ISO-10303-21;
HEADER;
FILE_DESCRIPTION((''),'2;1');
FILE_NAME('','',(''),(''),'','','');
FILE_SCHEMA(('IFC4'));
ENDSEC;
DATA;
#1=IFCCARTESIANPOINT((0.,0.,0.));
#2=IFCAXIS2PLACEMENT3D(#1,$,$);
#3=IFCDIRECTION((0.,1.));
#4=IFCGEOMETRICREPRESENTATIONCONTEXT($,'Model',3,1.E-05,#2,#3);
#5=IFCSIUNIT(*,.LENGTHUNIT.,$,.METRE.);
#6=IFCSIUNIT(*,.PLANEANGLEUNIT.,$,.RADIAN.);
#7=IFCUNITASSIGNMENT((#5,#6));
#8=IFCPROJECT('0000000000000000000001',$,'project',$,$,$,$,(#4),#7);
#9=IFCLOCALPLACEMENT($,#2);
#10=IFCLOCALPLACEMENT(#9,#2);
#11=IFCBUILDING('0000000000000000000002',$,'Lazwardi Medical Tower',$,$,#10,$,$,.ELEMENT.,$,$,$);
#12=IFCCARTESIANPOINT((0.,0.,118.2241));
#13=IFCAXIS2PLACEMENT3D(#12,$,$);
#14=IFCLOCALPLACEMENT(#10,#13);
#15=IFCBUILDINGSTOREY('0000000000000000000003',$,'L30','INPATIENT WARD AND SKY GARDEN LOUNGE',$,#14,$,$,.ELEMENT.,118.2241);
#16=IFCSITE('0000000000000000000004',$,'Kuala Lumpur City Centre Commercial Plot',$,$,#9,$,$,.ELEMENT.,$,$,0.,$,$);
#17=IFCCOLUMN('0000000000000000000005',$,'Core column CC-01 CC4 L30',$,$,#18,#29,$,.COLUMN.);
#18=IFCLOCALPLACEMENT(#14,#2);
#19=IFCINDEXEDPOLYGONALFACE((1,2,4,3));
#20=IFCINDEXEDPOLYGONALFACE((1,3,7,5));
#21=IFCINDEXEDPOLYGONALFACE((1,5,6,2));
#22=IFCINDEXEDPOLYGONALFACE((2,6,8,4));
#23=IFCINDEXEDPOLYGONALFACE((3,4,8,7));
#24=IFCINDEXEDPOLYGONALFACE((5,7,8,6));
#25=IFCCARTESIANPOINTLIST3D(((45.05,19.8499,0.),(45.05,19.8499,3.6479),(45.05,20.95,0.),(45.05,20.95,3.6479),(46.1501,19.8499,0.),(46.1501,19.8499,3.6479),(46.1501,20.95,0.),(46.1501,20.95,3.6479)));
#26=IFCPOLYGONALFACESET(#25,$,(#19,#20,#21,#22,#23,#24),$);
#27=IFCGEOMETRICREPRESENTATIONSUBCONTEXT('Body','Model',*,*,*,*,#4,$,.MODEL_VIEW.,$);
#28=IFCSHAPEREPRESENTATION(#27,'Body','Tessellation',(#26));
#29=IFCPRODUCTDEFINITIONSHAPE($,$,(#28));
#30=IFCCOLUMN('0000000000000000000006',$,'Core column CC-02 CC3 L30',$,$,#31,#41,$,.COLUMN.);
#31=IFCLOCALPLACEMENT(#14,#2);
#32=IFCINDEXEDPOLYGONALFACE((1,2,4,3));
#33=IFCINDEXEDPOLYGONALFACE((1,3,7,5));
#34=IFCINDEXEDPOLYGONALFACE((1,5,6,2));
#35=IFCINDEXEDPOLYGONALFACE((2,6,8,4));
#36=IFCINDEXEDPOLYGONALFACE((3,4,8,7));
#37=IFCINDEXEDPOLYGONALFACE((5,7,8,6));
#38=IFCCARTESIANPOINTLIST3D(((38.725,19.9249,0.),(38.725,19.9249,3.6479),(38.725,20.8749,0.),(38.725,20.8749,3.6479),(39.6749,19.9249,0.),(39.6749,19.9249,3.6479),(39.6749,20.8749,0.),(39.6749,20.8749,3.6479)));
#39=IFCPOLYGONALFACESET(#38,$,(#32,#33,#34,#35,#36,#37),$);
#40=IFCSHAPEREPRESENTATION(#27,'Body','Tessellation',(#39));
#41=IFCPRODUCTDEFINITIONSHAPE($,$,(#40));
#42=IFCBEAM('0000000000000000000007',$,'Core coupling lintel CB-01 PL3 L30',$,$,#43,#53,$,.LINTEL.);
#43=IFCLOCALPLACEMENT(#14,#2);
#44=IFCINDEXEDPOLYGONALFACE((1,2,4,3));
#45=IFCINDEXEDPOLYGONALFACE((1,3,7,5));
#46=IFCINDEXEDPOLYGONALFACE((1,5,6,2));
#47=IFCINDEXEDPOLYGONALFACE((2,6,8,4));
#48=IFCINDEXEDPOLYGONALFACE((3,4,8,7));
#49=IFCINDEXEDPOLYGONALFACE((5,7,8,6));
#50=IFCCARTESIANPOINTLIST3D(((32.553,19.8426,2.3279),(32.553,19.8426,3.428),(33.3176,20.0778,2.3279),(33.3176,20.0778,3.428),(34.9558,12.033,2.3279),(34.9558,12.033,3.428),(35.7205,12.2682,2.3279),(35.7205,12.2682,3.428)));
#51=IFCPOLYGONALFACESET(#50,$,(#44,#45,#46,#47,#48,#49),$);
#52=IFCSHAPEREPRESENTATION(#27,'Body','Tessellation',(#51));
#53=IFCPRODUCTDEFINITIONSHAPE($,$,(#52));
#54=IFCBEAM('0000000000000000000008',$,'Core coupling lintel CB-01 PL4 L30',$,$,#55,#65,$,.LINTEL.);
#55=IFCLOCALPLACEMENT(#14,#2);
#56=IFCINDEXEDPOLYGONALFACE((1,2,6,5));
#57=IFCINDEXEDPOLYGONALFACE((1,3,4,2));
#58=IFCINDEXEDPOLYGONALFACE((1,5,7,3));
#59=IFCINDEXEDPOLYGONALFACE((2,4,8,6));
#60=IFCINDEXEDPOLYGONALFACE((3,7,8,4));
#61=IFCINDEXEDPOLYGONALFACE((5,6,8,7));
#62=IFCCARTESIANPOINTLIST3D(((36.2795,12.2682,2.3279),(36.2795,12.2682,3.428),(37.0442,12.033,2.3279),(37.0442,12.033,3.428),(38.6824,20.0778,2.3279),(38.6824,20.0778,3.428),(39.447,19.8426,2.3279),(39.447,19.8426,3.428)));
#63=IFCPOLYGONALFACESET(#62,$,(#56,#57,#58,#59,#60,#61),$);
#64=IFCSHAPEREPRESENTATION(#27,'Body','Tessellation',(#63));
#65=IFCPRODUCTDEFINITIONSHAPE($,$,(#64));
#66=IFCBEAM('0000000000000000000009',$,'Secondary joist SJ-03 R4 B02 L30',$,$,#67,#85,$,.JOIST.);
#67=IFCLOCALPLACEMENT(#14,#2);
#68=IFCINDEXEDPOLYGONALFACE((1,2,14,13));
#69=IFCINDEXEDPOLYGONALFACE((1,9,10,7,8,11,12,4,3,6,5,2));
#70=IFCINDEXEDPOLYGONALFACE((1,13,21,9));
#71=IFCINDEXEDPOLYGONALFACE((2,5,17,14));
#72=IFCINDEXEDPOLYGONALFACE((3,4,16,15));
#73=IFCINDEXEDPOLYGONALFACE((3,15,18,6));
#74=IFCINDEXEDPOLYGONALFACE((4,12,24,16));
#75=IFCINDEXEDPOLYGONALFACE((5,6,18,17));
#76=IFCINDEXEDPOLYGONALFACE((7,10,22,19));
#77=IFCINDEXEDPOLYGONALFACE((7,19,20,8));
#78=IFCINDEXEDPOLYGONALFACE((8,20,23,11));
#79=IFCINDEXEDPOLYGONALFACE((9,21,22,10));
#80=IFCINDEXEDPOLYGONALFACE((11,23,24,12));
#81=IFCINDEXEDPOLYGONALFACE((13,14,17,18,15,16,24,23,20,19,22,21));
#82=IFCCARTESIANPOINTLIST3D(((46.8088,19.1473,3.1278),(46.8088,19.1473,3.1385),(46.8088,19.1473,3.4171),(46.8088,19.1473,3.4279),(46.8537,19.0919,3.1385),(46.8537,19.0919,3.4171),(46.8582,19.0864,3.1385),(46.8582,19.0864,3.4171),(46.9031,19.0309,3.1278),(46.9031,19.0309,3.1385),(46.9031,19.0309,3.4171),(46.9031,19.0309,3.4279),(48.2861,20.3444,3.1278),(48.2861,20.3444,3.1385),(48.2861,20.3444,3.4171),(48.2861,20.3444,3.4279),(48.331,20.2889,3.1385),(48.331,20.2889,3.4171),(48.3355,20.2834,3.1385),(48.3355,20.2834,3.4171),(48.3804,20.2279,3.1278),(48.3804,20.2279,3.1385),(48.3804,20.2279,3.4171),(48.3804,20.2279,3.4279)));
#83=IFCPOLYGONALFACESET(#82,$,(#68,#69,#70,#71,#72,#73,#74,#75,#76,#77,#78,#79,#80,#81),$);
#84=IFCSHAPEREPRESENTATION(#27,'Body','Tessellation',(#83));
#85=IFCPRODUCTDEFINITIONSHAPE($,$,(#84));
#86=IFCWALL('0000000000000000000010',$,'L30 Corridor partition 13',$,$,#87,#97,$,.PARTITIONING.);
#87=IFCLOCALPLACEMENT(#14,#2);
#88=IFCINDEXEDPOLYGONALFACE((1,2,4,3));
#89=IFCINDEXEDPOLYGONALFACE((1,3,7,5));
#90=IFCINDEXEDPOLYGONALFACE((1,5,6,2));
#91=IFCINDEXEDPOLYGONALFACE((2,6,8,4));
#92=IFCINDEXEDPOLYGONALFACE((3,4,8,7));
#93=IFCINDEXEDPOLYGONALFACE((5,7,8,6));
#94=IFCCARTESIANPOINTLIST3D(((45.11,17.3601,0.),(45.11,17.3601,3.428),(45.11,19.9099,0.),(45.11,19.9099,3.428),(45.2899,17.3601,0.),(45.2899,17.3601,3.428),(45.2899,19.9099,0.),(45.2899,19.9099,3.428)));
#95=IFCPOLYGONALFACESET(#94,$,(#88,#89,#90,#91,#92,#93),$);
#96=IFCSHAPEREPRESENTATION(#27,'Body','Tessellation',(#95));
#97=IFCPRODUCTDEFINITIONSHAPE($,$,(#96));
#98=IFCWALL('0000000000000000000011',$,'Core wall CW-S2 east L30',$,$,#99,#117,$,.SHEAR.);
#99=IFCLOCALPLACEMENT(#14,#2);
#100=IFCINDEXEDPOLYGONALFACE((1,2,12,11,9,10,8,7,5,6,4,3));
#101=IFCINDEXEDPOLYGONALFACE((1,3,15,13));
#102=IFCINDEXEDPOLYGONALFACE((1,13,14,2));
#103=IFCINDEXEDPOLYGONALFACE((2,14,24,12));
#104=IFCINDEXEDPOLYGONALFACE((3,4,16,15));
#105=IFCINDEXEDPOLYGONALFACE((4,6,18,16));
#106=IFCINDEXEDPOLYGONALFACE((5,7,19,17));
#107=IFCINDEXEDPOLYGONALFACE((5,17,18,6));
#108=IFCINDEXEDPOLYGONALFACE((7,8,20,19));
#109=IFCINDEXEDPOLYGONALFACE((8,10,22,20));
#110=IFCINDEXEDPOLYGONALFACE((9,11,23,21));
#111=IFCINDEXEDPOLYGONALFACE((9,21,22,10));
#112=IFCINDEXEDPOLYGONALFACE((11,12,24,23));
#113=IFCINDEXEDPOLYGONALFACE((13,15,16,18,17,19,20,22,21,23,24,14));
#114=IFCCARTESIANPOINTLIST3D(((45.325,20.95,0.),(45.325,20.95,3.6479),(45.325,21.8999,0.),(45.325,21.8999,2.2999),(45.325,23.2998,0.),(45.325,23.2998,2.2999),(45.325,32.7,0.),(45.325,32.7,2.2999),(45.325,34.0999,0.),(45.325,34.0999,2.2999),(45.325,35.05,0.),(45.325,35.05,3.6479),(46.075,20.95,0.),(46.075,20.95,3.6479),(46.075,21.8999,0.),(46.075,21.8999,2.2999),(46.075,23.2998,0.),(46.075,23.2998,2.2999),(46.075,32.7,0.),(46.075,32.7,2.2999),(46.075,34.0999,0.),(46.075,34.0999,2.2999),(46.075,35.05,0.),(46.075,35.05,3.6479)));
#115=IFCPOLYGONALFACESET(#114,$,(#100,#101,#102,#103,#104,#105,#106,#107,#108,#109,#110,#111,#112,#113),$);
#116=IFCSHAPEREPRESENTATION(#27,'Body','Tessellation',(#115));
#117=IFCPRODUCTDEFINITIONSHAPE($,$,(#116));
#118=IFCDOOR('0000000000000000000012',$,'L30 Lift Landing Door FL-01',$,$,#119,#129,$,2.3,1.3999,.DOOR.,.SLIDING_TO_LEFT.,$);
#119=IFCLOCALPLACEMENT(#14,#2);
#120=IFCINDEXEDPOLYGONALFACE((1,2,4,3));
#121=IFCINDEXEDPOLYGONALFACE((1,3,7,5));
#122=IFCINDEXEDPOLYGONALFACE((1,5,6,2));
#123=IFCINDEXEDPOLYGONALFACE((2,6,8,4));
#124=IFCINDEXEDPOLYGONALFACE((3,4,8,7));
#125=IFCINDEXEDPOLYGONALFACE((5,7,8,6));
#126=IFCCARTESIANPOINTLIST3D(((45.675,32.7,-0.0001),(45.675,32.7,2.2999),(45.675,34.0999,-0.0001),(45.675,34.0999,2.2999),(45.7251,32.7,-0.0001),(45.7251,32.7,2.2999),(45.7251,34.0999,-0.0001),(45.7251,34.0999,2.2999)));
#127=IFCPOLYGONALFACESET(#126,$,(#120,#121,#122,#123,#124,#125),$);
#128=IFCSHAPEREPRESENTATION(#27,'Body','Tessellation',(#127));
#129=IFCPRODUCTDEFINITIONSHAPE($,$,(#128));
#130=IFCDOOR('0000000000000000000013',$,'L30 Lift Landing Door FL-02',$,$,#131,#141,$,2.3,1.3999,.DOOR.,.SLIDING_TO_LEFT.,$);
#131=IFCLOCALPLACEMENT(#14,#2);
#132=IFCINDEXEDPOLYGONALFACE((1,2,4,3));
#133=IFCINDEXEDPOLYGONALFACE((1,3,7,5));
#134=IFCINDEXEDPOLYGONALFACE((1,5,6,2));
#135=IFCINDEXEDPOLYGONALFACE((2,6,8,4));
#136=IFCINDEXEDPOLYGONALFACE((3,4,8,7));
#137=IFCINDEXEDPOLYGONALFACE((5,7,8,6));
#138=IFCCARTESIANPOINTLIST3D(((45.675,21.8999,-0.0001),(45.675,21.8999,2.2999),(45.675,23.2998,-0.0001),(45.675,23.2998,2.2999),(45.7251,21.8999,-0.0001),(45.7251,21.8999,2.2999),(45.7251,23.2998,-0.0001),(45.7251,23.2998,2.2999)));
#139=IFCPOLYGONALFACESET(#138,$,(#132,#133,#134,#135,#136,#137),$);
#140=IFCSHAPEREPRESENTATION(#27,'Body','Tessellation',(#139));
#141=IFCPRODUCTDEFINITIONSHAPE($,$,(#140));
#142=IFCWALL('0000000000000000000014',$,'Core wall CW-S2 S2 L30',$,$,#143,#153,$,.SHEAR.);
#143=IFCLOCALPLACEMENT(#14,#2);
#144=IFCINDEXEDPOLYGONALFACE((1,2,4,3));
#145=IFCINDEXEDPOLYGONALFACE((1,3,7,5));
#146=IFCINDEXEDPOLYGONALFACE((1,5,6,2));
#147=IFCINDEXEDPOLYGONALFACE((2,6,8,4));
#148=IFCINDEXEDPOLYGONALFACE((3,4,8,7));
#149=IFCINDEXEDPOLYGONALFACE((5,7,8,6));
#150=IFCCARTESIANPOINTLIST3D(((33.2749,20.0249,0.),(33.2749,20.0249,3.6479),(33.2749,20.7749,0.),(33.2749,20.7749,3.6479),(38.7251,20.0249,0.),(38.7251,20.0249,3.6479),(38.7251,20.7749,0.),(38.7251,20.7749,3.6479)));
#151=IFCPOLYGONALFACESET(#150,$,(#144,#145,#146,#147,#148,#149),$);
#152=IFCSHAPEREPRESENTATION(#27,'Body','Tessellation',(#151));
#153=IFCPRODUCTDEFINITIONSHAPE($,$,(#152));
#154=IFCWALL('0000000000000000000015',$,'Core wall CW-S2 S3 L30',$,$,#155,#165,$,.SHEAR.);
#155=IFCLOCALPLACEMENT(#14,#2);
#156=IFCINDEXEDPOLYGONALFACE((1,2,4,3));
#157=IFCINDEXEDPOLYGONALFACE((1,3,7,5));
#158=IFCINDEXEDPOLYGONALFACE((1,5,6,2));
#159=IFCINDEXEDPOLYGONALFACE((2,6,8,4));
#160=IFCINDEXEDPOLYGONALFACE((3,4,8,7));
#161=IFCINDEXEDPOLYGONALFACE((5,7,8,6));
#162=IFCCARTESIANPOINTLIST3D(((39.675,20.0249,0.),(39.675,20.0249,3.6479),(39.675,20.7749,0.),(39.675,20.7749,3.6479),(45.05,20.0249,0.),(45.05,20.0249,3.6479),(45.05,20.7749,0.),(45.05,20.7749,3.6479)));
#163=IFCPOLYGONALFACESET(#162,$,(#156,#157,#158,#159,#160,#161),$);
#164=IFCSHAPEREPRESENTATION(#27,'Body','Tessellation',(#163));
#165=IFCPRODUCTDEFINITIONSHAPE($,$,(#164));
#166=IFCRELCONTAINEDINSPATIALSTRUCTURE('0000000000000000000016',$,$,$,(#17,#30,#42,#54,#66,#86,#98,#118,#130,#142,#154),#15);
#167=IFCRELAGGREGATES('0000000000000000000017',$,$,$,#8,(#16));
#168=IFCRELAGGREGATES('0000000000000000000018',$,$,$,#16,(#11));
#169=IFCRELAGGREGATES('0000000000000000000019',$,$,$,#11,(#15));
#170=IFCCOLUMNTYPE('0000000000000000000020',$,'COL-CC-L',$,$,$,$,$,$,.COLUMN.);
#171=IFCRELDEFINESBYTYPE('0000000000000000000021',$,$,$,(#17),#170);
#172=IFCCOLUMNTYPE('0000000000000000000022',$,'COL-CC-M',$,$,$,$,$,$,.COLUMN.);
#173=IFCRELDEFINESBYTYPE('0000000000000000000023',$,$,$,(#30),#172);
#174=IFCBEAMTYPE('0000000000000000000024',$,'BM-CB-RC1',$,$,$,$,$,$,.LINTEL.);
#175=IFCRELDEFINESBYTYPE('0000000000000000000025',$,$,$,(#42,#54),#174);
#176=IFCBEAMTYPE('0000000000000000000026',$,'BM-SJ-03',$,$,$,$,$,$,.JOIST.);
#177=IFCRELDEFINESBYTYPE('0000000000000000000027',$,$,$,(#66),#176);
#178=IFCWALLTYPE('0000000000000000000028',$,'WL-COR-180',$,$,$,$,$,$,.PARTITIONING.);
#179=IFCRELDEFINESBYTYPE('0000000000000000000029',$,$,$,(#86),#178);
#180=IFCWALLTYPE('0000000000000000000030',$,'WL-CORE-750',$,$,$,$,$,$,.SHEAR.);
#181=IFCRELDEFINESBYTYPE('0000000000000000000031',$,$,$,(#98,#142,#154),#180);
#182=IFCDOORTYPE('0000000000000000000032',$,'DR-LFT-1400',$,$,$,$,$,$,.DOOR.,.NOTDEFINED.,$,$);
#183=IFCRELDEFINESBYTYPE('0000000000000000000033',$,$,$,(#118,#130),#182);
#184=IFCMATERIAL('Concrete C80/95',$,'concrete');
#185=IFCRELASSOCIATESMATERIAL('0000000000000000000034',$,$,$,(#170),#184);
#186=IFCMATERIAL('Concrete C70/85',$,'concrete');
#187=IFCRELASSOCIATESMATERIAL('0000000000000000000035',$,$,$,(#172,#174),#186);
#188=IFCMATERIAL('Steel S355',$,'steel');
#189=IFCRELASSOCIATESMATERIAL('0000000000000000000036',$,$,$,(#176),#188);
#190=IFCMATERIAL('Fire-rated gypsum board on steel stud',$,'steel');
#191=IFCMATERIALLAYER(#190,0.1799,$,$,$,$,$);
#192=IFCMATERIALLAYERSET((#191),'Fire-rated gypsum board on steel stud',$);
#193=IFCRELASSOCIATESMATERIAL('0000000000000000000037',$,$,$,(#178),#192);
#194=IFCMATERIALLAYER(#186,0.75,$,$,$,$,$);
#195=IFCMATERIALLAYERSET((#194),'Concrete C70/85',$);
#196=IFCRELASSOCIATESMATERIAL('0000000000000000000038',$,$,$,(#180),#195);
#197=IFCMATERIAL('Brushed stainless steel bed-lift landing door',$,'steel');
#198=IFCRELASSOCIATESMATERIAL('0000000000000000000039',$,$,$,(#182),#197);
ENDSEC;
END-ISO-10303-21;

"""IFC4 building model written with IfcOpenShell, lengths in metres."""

from ifc_helpers import new_model, si_unit, direction, frame, frame_2d, origin, origin_2d, place, context, subcontext, project, spatial, rectangle, i_section, extrude, material, layer, layer_set, material_profile, profile_set, type_object, element, fill, save


model = new_model("IFC4")

# Units and contexts
model_context = context("Model", 3, precision=1e-05, world=origin(), true_north=direction((0.0, 1.0)))
body_context = subcontext(model_context, "Body", "Model", "MODEL_VIEW")
ifc_project = project(units=[si_unit("LENGTHUNIT", "METRE"), si_unit("PLANEANGLEUNIT", "RADIAN")], contexts=[model_context])

# Site, building, storey
site_placement = place(None, origin())
site = spatial("IfcSite", under=ifc_project, at=site_placement, Name="Kuala Lumpur City Centre Commercial Plot", CompositionType="ELEMENT", RefElevation=0.0)
building_placement = place(site_placement, origin())
building = spatial("IfcBuilding", under=site, at=building_placement, Name="Lazwardi Medical Tower", CompositionType="ELEMENT")
storey_placement = place(building_placement, frame((0.0, 0.0, 118.2241)))
storey = spatial("IfcBuildingStorey", under=building, at=storey_placement, Name="L30", Description="INPATIENT WARD AND SKY GARDEN LOUNGE", CompositionType="ELEMENT", Elevation=118.2241)

# Columns
ifc_material_1 = material(Name="Concrete C80/95", Category="concrete")
ifc_material_profile_1 = material_profile(ifc_material_1, rectangle(XDim=1.1001, YDim=1.1001, at=origin_2d()), Name="RC 1100x1100")
ifc_profile_set_1 = profile_set([ifc_material_profile_1], Name="Concrete C80/95")
column_type_1 = type_object("IfcColumnType", Name="COL-CC-L", PredefinedType="COLUMN", material=ifc_profile_set_1)
column_1_placement = place(storey_placement, frame((45.6001, 20.3999, 0.0), z_axis=(0.0, 0.0, 1.0), x_axis=(1.0, 0.0, 0.0)))
element("IfcColumn", 1, at=column_1_placement, inside=storey, type_object=column_type_1, Name="Core column CC-01 CC4 L30", PredefinedType="COLUMN", context=body_context, shape_type="SweptSolid", body=[
    extrude(rectangle(XDim=1.1001, YDim=1.1001, at=origin_2d()), origin(), (0.0, 0.0, 1.0), 3.6479),
])
ifc_material_2 = material(Name="Concrete C70/85", Category="concrete")
ifc_material_profile_2 = material_profile(ifc_material_2, rectangle(XDim=0.95, YDim=0.95, at=origin_2d()), Name="RC 950x950")
ifc_profile_set_2 = profile_set([ifc_material_profile_2], Name="Concrete C70/85")
column_type_2 = type_object("IfcColumnType", Name="COL-CC-M", PredefinedType="COLUMN", material=ifc_profile_set_2)
column_2_placement = place(storey_placement, frame((39.2, 20.3999, 0.0), z_axis=(0.0, 0.0, 1.0), x_axis=(1.0, 0.0, 0.0)))
element("IfcColumn", 2, at=column_2_placement, inside=storey, type_object=column_type_2, Name="Core column CC-02 CC3 L30", PredefinedType="COLUMN", context=body_context, shape_type="SweptSolid", body=[
    extrude(rectangle(XDim=0.95, YDim=0.95, at=origin_2d()), origin(), (0.0, 0.0, 1.0), 3.6479),
])

# Beams
ifc_material_profile_3 = material_profile(ifc_material_2, rectangle(XDim=0.8, YDim=1.1001, at=origin_2d()), Name="RC 800x1100")
ifc_profile_set_3 = profile_set([ifc_material_profile_3], Name="Concrete C70/85")
beam_type_1 = type_object("IfcBeamType", Name="BM-CB-RC1", PredefinedType="LINTEL", material=ifc_profile_set_3)
for number, where, z_axis, x_axis, name in (
    (3, (32.9353, 19.9602, 2.8779), (0.294073, -0.955783, 0.0), (0.955783, 0.294073, 0.0), "Core coupling lintel CB-01 PL3 L30"),
    (4, (39.0647, 19.9602, 2.8779), (-0.294073, -0.955783, 0.0), (0.955783, -0.294073, 0.0), "Core coupling lintel CB-01 PL4 L30"),
):
    element("IfcBeam", number, at=place(storey_placement, frame(where, z_axis=z_axis, x_axis=x_axis)), inside=storey, type_object=beam_type_1, Name=name, PredefinedType="LINTEL", context=body_context, shape_type="SweptSolid", body=[
        extrude(rectangle(XDim=0.8, YDim=1.1001, at=origin_2d()), origin(), (0.0, 0.0, 1.0), 8.1709),
    ])
ifc_material_3 = material(Name="Steel S355", Category="steel")
ifc_material_profile_4 = material_profile(ifc_material_3, i_section(OverallWidth=0.1499, OverallDepth=0.3, WebThickness=0.0071, FlangeThickness=0.0107, at=origin_2d()), Name="IPE 300")
ifc_profile_set_4 = profile_set([ifc_material_profile_4], Name="Steel S355")
beam_type_2 = type_object("IfcBeamType", Name="BM-SJ-03", PredefinedType="JOIST", material=ifc_profile_set_4)
beam_placement = place(storey_placement, frame((46.856, 19.0891, 3.2778), z_axis=(0.776958, 0.629553, 0.0), x_axis=(-0.629553, 0.776958, 0.0)))
element("IfcBeam", 5, at=beam_placement, inside=storey, type_object=beam_type_2, Name="Secondary joist SJ-03 R4 B02 L30", PredefinedType="JOIST", context=body_context, shape_type="SweptSolid", body=[
    extrude(i_section(OverallWidth=0.1499, OverallDepth=0.3, WebThickness=0.0071, FlangeThickness=0.0107, at=origin_2d()), origin(), (0.0, 0.0, 1.0), 1.9014),
])

# Wall
ifc_material_4 = material(Name="Fire-rated gypsum board on steel stud", Category="steel")
ifc_layer_1 = layer(ifc_material_4, 0.1799)
ifc_layer_set_1 = layer_set([ifc_layer_1], Name="Fire-rated gypsum board on steel stud")
wall_type_1 = type_object("IfcWallType", Name="WL-COR-180", PredefinedType="PARTITIONING", material=ifc_layer_set_1)
wall_1_placement = place(storey_placement, frame((45.2, 19.9099, 0.0), z_axis=(0.0, 0.0, 1.0), x_axis=(0.0, -1.0, 0.0)))
element("IfcWall", 6, at=wall_1_placement, inside=storey, type_object=wall_type_1, Name="L30 Corridor partition 13", PredefinedType="PARTITIONING", context=body_context, shape_type="SweptSolid", body=[
    extrude(rectangle(XDim=2.5498, YDim=0.1799, at=frame_2d((1.2749, 0.0))), origin(), (0.0, 0.0, 1.0), 3.428),
])

# Wall, openings, doors
ifc_layer_2 = layer(ifc_material_2, 0.75)
ifc_layer_set_2 = layer_set([ifc_layer_2], Name="Concrete C70/85")
wall_type_2 = type_object("IfcWallType", Name="WL-CORE-750", PredefinedType="SHEAR", material=ifc_layer_set_2)
wall_2_placement = place(storey_placement, frame((45.7, 20.95, 0.0), z_axis=(0.0, 0.0, 1.0), x_axis=(0.0, 1.0, 0.0)))
wall_2 = element("IfcWall", 7, at=wall_2_placement, inside=storey, type_object=wall_type_2, Name="Core wall CW-S2 east L30", PredefinedType="SHEAR", context=body_context, shape_type="SweptSolid", body=[
    extrude(rectangle(XDim=14.1001, YDim=0.75, at=frame_2d((7.05, 0.0))), origin(), (0.0, 0.0, 1.0), 3.6479),
])
opening_1_placement = place(wall_2_placement, frame((11.75, 0.0, 0.0)))
opening_1 = element("IfcOpeningElement", 8, at=opening_1_placement, cuts=wall_2, PredefinedType="OPENING", context=body_context, shape_type="SweptSolid", body=[
    extrude(rectangle(XDim=1.3999, YDim=2.3, at=frame_2d((0.7, 1.1499))), frame((0.0, 0.385, 0.0), z_axis=(0.0, -1.0, 0.0), x_axis=(1.0, 0.0, 0.0)), (0.0, 0.0, 1.0), 0.77),
])
opening_2_placement = place(wall_2_placement, frame((0.95, 0.0, 0.0)))
opening_2 = element("IfcOpeningElement", 9, at=opening_2_placement, cuts=wall_2, PredefinedType="OPENING", context=body_context, shape_type="SweptSolid", body=[
    extrude(rectangle(XDim=1.3999, YDim=2.3, at=frame_2d((0.7, 1.1499))), frame((0.0, 0.385, 0.0), z_axis=(0.0, -1.0, 0.0), x_axis=(1.0, 0.0, 0.0)), (0.0, 0.0, 1.0), 0.77),
])
ifc_material_5 = material(Name="Brushed stainless steel bed-lift landing door", Category="steel")
door_type = type_object("IfcDoorType", Name="DR-LFT-1400", OperationType="NOTDEFINED", PredefinedType="DOOR", material=ifc_material_5)
door_1_placement = place(opening_1_placement, origin())
door_1 = element("IfcDoor", 10, at=door_1_placement, inside=storey, type_object=door_type, Name="L30 Lift Landing Door FL-01", OperationType="SLIDING_TO_LEFT", OverallHeight=2.3, OverallWidth=1.3999, PredefinedType="DOOR", context=body_context, shape_type="SweptSolid", body=[
    extrude(rectangle(XDim=1.3999, YDim=2.3, at=frame_2d((0.7, 1.1499))), frame((0.0, 0.0249, 0.0), z_axis=(0.0, -1.0, 0.0), x_axis=(1.0, 0.0, 0.0)), (0.0, 0.0, 1.0), 0.05),
])
fill(opening_1, door_1)
door_2_placement = place(opening_2_placement, origin())
door_2 = element("IfcDoor", 11, at=door_2_placement, inside=storey, type_object=door_type, Name="L30 Lift Landing Door FL-02", OperationType="SLIDING_TO_LEFT", OverallHeight=2.3, OverallWidth=1.3999, PredefinedType="DOOR", context=body_context, shape_type="SweptSolid", body=[
    extrude(rectangle(XDim=1.3999, YDim=2.3, at=frame_2d((0.7, 1.1499))), frame((0.0, 0.0249, 0.0), z_axis=(0.0, -1.0, 0.0), x_axis=(1.0, 0.0, 0.0)), (0.0, 0.0, 1.0), 0.05),
])
fill(opening_2, door_2)

# Walls
wall_3_placement = place(storey_placement, frame((33.2749, 20.3999, 0.0), z_axis=(0.0, 0.0, 1.0), x_axis=(1.0, 0.0, 0.0)))
element("IfcWall", 12, at=wall_3_placement, inside=storey, type_object=wall_type_2, Name="Core wall CW-S2 S2 L30", PredefinedType="SHEAR", context=body_context, shape_type="SweptSolid", body=[
    extrude(rectangle(XDim=5.4502, YDim=0.75, at=frame_2d((2.7251, 0.0))), origin(), (0.0, 0.0, 1.0), 3.6479),
])
wall_4_placement = place(storey_placement, frame((39.675, 20.3999, 0.0), z_axis=(0.0, 0.0, 1.0), x_axis=(1.0, 0.0, 0.0)))
element("IfcWall", 13, at=wall_4_placement, inside=storey, type_object=wall_type_2, Name="Core wall CW-S2 S3 L30", PredefinedType="SHEAR", context=body_context, shape_type="SweptSolid", body=[
    extrude(rectangle(XDim=5.375, YDim=0.75, at=frame_2d((2.6875, 0.0))), origin(), (0.0, 0.0, 1.0), 3.6479),
])

save(model, "model.ifc")
